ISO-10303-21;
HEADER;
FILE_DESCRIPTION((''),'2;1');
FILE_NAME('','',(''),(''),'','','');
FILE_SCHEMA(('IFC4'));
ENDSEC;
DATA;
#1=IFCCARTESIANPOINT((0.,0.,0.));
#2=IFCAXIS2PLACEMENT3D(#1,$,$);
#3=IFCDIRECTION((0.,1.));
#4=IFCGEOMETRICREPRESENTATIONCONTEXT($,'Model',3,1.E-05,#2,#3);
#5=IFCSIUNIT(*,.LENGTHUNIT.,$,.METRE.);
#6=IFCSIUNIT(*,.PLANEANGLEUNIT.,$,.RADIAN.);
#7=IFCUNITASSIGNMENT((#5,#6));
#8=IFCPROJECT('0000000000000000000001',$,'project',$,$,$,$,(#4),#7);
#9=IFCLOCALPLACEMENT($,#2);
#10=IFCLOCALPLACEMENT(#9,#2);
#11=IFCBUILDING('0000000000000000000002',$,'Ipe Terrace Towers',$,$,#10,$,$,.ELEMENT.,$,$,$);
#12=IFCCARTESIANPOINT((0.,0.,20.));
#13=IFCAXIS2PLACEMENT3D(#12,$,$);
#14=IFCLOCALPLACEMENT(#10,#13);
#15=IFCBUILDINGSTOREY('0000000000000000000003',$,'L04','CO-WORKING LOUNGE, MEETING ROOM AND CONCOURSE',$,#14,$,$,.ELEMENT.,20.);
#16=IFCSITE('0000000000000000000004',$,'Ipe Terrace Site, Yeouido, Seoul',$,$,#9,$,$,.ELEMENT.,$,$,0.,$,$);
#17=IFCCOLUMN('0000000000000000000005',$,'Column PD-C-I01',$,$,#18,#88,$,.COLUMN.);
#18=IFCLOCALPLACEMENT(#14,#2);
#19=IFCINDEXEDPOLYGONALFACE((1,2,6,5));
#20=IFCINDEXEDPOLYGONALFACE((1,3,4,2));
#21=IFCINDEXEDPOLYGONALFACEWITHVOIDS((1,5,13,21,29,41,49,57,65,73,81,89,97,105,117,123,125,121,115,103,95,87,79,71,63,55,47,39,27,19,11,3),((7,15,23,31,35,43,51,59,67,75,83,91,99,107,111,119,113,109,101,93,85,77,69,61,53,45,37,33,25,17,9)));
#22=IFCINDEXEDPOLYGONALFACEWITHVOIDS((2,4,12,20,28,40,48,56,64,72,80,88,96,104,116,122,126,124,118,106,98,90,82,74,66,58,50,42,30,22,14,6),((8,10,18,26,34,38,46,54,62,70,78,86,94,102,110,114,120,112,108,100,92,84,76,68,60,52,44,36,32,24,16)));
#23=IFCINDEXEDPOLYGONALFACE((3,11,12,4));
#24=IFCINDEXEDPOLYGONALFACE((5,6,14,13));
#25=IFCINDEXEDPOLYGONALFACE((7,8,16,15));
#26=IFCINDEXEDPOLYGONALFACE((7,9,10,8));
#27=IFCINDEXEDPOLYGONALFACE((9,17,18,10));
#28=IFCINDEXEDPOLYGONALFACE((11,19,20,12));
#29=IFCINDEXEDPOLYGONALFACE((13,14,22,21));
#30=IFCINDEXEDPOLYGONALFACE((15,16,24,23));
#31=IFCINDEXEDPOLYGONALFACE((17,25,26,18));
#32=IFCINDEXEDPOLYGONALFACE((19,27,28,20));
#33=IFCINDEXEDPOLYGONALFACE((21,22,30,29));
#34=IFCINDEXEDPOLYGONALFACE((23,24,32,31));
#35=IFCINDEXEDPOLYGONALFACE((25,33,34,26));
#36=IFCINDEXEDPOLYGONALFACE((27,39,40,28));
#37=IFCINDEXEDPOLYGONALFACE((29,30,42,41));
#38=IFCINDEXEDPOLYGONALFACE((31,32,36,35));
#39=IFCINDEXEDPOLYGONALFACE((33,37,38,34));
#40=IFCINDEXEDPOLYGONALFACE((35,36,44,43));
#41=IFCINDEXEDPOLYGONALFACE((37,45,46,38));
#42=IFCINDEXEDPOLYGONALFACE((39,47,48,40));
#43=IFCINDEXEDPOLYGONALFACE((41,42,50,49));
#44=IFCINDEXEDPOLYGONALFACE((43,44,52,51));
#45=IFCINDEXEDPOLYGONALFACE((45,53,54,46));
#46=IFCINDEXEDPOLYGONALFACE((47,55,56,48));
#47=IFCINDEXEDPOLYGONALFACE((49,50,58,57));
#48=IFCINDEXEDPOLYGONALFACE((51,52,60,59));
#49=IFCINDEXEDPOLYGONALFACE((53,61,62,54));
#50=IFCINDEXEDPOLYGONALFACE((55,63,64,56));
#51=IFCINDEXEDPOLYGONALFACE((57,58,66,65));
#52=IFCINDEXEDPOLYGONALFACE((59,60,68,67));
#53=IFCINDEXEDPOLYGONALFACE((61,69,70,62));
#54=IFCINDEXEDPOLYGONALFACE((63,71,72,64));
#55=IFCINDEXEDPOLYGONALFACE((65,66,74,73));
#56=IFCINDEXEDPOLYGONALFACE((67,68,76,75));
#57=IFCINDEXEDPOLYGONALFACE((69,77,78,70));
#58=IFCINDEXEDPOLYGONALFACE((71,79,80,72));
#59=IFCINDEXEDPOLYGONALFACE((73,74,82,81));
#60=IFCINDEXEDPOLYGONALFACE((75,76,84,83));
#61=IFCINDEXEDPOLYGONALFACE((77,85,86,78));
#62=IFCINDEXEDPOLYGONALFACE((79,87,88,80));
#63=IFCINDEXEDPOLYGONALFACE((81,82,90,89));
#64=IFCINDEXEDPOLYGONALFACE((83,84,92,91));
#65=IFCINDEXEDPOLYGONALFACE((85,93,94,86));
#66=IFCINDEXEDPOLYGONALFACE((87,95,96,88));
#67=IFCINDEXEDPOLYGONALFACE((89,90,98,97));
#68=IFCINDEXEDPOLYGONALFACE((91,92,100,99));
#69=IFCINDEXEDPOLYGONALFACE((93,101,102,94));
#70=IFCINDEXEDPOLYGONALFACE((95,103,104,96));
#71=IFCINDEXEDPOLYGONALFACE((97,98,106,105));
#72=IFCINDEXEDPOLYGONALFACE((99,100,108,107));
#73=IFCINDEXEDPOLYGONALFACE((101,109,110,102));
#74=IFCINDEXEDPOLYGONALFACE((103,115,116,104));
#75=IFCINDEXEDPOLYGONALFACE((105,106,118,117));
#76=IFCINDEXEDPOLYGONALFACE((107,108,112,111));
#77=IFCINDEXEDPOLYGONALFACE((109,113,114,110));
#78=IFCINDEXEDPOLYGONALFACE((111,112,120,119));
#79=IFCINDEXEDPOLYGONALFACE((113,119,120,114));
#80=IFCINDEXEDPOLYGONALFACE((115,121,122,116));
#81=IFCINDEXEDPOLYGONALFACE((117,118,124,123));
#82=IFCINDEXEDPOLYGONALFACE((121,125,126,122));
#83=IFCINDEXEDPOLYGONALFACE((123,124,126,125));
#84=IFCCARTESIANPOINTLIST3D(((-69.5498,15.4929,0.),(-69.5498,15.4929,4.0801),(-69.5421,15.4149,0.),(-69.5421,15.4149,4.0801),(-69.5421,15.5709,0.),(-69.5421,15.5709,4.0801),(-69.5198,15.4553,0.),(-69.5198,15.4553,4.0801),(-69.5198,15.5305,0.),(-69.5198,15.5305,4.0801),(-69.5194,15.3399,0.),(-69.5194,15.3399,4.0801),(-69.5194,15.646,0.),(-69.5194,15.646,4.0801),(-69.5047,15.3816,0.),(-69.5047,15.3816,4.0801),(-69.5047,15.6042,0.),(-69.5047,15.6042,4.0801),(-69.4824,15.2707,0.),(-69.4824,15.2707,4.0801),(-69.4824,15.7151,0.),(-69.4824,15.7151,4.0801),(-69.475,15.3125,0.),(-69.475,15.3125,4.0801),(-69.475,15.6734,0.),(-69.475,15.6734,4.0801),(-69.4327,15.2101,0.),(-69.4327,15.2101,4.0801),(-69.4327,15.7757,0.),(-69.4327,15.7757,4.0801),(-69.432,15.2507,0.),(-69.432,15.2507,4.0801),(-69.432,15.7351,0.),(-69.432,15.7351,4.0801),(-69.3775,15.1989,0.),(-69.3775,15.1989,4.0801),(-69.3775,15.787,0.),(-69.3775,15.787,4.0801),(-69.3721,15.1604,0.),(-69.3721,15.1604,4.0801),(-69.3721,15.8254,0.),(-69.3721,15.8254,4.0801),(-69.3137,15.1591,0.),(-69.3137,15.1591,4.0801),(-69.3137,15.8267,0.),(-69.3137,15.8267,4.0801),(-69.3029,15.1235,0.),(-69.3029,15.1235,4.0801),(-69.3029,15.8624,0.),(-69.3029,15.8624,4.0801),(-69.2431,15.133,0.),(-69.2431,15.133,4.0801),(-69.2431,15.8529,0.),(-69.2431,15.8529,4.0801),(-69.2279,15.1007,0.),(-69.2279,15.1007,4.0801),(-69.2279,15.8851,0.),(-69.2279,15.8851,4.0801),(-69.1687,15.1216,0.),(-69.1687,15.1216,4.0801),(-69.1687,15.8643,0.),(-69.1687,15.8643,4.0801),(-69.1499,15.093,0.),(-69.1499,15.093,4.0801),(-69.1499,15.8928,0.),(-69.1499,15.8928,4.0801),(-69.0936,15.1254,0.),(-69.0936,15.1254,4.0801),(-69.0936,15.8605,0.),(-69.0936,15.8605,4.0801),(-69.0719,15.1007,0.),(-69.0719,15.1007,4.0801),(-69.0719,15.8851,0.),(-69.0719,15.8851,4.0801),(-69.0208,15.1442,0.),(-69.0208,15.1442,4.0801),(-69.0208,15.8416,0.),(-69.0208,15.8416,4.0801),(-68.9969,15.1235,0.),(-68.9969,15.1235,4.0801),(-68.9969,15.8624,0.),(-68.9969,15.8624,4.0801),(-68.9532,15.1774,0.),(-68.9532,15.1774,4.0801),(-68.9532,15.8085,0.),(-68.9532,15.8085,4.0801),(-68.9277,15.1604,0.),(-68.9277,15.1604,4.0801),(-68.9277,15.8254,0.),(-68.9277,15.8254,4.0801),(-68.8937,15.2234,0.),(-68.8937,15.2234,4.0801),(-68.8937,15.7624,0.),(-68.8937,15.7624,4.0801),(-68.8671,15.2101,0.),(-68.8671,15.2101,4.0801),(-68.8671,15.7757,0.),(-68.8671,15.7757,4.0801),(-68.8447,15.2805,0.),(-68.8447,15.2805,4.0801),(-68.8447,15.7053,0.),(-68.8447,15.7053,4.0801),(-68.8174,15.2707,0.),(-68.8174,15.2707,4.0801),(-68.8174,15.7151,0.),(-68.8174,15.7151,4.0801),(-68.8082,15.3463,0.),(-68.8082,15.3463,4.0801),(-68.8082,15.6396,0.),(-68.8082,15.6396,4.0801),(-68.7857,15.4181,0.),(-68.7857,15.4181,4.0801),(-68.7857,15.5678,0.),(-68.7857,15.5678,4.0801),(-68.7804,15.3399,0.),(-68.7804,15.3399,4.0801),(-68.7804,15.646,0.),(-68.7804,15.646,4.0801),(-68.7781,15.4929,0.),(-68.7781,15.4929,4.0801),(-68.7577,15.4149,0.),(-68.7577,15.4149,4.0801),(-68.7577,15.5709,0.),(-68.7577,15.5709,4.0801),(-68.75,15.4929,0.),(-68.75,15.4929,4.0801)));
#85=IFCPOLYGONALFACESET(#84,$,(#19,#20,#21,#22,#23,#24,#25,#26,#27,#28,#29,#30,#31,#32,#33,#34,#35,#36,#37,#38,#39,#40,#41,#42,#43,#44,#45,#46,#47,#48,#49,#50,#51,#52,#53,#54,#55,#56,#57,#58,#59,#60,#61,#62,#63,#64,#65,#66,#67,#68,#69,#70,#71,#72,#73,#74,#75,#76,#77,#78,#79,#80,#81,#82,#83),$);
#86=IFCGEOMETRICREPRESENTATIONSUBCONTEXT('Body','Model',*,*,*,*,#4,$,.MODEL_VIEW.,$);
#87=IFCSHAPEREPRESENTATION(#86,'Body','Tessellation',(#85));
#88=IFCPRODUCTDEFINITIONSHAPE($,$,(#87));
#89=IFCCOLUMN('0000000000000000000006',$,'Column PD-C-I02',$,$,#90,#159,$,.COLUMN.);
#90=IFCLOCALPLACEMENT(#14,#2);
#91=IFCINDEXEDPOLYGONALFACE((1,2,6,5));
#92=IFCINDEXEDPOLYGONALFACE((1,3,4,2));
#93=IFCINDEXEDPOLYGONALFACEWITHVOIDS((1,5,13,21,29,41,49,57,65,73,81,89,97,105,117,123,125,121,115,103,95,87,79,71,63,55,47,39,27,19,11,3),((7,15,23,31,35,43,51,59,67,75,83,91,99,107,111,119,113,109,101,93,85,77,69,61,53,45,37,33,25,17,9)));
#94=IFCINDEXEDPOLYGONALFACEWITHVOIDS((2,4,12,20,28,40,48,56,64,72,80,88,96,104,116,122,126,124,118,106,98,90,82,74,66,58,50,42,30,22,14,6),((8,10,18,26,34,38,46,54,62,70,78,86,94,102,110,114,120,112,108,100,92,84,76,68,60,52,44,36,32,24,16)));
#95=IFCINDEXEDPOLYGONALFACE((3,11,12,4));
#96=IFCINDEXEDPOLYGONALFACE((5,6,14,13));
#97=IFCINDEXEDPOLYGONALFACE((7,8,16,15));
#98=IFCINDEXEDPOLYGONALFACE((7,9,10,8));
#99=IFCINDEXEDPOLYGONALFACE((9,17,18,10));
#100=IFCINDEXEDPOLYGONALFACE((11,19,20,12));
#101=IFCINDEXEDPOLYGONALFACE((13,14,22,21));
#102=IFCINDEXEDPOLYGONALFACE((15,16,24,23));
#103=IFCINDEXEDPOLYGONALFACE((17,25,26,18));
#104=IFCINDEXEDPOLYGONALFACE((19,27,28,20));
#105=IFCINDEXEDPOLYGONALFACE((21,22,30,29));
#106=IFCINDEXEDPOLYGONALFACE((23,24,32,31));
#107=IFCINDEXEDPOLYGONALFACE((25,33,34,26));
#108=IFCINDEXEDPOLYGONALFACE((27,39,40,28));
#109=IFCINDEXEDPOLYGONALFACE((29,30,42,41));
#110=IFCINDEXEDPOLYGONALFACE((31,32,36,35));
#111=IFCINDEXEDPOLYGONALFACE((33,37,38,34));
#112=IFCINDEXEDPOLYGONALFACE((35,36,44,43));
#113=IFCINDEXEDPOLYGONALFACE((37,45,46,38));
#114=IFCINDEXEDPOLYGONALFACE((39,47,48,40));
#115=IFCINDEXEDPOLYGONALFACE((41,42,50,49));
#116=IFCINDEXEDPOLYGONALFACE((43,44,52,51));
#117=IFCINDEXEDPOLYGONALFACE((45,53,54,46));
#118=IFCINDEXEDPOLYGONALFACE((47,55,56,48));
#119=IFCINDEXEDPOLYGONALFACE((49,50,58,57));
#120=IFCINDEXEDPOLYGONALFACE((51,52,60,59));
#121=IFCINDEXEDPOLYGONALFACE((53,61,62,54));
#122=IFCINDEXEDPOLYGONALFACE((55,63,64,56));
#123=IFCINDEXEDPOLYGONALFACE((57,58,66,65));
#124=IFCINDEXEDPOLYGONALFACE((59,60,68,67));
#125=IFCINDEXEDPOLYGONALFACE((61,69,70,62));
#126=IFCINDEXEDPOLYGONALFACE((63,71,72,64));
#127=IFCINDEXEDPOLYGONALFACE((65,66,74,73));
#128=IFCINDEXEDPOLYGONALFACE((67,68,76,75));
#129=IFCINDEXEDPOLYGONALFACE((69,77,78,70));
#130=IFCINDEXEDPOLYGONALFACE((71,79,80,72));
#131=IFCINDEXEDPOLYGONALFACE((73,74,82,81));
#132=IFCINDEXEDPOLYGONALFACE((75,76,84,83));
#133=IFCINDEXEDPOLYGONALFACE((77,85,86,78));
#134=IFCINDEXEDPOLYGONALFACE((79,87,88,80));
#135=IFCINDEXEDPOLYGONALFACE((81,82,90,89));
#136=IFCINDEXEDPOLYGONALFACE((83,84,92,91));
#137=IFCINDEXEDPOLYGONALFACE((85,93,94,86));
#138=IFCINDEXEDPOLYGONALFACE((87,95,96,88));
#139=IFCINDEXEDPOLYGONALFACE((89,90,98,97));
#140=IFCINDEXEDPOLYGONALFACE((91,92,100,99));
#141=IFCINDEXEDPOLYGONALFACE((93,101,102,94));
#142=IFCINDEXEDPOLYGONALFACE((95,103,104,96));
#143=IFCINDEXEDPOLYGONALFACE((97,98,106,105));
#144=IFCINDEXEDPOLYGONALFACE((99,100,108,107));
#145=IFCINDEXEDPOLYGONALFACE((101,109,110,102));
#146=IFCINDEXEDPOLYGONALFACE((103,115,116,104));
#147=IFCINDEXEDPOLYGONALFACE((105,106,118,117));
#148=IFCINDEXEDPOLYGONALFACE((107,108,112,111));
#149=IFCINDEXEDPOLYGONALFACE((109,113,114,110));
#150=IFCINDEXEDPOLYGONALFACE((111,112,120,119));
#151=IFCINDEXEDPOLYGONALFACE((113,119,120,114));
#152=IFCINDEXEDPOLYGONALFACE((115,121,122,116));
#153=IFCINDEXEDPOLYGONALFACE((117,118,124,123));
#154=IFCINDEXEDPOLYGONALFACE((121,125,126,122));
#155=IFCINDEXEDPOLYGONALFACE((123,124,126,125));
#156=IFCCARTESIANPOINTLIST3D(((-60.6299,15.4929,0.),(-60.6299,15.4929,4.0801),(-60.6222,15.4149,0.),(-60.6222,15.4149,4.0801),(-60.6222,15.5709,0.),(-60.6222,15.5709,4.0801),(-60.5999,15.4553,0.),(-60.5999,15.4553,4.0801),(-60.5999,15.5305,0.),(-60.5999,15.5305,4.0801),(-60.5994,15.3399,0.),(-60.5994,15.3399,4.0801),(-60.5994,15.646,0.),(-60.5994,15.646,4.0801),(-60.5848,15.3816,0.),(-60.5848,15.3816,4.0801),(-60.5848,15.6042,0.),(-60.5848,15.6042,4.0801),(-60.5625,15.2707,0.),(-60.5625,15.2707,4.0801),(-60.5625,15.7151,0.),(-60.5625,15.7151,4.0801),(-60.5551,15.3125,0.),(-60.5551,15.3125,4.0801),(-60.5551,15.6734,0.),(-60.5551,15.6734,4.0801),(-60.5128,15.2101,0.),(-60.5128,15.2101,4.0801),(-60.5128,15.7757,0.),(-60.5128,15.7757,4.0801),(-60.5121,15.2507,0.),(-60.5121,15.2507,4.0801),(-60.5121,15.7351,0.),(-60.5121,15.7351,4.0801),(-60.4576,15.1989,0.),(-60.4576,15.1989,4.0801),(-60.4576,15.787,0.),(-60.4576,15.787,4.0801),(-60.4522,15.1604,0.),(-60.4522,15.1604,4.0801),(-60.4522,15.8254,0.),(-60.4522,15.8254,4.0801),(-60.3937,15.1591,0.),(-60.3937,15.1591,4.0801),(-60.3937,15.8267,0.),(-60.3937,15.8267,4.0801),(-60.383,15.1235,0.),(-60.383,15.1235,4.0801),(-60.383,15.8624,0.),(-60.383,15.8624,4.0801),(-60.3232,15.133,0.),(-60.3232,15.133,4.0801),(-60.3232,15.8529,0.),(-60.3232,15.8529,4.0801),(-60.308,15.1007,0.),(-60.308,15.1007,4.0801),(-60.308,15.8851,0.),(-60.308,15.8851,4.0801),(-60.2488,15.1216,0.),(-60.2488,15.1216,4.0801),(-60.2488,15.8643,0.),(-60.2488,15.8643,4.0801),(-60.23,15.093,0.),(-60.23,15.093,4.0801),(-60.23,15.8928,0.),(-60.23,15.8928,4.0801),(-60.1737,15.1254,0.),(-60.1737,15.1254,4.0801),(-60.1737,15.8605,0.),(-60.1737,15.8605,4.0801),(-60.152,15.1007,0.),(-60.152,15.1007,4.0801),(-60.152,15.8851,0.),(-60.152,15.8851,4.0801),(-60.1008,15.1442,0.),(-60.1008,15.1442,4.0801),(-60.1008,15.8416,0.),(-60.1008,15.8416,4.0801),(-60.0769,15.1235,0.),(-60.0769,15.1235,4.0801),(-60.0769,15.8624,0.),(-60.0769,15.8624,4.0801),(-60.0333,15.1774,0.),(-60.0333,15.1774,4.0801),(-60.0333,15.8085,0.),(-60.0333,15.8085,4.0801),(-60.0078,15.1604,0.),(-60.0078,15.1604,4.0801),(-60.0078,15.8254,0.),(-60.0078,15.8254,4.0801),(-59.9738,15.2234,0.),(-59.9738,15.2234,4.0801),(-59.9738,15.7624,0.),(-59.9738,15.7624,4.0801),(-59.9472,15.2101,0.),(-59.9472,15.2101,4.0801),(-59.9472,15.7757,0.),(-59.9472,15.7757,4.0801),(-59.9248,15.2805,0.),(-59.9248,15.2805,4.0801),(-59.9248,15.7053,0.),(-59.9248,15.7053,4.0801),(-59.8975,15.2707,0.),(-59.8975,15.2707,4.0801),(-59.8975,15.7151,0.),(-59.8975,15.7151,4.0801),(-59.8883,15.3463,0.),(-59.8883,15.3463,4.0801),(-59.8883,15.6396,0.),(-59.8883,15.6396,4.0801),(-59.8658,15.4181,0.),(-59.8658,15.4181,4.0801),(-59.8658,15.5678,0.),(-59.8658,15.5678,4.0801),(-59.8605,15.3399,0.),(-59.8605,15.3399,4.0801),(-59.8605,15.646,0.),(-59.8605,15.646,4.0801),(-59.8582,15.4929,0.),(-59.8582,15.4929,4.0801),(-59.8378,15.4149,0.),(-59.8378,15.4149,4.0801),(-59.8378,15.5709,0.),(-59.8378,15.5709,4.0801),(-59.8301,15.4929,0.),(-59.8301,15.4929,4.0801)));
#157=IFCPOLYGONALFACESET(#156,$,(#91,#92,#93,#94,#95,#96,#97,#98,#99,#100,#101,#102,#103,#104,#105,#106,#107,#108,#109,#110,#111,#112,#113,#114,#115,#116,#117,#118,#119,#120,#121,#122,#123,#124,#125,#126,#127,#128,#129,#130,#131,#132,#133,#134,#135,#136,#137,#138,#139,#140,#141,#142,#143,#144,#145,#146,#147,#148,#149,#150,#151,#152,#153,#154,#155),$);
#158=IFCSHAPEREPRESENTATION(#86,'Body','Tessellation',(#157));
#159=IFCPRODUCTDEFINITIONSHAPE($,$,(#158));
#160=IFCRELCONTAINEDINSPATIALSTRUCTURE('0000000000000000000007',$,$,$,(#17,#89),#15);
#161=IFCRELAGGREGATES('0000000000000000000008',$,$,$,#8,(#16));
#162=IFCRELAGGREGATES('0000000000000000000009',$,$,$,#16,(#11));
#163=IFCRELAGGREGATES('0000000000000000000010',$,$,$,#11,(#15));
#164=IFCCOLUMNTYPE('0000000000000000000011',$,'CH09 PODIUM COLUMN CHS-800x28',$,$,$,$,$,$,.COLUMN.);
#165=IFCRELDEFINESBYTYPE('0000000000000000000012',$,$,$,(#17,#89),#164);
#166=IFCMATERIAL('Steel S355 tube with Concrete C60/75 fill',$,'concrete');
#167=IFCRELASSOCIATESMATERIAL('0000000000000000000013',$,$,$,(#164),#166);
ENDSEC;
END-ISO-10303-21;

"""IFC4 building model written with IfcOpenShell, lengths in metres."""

from ifc_helpers import new_model, si_unit, direction, frame, origin, origin_2d, place, context, subcontext, project, spatial, hollow_circle, extrude, material, material_profile, profile_set, type_object, element, save


model = new_model("IFC4")

# Units and contexts
model_context = context("Model", 3, precision=1e-05, world=origin(), true_north=direction((0.0, 1.0)))
body_context = subcontext(model_context, "Body", "Model", "MODEL_VIEW")
ifc_project = project(units=[si_unit("LENGTHUNIT", "METRE"), si_unit("PLANEANGLEUNIT", "RADIAN")], contexts=[model_context])

# Site, building, storey
site_placement = place(None, origin())
site = spatial("IfcSite", under=ifc_project, at=site_placement, Name="Ipe Terrace Site, Yeouido, Seoul", CompositionType="ELEMENT", RefElevation=0.0)
building_placement = place(site_placement, origin())
building = spatial("IfcBuilding", under=site, at=building_placement, Name="Ipe Terrace Towers", CompositionType="ELEMENT")
storey_placement = place(building_placement, frame((0.0, 0.0, 20.0)))
storey = spatial("IfcBuildingStorey", under=building, at=storey_placement, Name="L04", Description="CO-WORKING LOUNGE, MEETING ROOM AND CONCOURSE", CompositionType="ELEMENT", Elevation=20.0)

# Columns
ifc_material_1 = material(Name="Steel S355 tube with Concrete C60/75 fill", Category="concrete")
ifc_material_profile_1 = material_profile(ifc_material_1, hollow_circle(Radius=0.3999, WallThickness=0.0281, at=origin_2d()), Name="CHS-800x28")
ifc_profile_set_1 = profile_set([ifc_material_profile_1], Name="Steel S355 tube with Concrete C60/75 fill")
column_type_1 = type_object("IfcColumnType", Name="CH09 PODIUM COLUMN CHS-800x28", PredefinedType="COLUMN", material=ifc_profile_set_1)
for number, where, z_axis, x_axis, name in (
    (1, (-69.1499, 15.4929, 0.0), (0.0, 0.0, 1.0), (1.0, 0.0, 0.0), "Column PD-C-I01"),
    (2, (-60.23, 15.4929, 0.0), (0.0, 0.0, 1.0), (1.0, 0.0, 0.0), "Column PD-C-I02"),
):
    element("IfcColumn", number, at=place(storey_placement, frame(where, z_axis=z_axis, x_axis=x_axis)), inside=storey, type_object=column_type_1, Name=name, PredefinedType="COLUMN", context=body_context, shape_type="SweptSolid", body=[
        extrude(hollow_circle(Radius=0.3999, WallThickness=0.0281, at=origin_2d()), origin(), (0.0, 0.0, 1.0), 4.0801),
    ])

save(model, "model.ifc")
